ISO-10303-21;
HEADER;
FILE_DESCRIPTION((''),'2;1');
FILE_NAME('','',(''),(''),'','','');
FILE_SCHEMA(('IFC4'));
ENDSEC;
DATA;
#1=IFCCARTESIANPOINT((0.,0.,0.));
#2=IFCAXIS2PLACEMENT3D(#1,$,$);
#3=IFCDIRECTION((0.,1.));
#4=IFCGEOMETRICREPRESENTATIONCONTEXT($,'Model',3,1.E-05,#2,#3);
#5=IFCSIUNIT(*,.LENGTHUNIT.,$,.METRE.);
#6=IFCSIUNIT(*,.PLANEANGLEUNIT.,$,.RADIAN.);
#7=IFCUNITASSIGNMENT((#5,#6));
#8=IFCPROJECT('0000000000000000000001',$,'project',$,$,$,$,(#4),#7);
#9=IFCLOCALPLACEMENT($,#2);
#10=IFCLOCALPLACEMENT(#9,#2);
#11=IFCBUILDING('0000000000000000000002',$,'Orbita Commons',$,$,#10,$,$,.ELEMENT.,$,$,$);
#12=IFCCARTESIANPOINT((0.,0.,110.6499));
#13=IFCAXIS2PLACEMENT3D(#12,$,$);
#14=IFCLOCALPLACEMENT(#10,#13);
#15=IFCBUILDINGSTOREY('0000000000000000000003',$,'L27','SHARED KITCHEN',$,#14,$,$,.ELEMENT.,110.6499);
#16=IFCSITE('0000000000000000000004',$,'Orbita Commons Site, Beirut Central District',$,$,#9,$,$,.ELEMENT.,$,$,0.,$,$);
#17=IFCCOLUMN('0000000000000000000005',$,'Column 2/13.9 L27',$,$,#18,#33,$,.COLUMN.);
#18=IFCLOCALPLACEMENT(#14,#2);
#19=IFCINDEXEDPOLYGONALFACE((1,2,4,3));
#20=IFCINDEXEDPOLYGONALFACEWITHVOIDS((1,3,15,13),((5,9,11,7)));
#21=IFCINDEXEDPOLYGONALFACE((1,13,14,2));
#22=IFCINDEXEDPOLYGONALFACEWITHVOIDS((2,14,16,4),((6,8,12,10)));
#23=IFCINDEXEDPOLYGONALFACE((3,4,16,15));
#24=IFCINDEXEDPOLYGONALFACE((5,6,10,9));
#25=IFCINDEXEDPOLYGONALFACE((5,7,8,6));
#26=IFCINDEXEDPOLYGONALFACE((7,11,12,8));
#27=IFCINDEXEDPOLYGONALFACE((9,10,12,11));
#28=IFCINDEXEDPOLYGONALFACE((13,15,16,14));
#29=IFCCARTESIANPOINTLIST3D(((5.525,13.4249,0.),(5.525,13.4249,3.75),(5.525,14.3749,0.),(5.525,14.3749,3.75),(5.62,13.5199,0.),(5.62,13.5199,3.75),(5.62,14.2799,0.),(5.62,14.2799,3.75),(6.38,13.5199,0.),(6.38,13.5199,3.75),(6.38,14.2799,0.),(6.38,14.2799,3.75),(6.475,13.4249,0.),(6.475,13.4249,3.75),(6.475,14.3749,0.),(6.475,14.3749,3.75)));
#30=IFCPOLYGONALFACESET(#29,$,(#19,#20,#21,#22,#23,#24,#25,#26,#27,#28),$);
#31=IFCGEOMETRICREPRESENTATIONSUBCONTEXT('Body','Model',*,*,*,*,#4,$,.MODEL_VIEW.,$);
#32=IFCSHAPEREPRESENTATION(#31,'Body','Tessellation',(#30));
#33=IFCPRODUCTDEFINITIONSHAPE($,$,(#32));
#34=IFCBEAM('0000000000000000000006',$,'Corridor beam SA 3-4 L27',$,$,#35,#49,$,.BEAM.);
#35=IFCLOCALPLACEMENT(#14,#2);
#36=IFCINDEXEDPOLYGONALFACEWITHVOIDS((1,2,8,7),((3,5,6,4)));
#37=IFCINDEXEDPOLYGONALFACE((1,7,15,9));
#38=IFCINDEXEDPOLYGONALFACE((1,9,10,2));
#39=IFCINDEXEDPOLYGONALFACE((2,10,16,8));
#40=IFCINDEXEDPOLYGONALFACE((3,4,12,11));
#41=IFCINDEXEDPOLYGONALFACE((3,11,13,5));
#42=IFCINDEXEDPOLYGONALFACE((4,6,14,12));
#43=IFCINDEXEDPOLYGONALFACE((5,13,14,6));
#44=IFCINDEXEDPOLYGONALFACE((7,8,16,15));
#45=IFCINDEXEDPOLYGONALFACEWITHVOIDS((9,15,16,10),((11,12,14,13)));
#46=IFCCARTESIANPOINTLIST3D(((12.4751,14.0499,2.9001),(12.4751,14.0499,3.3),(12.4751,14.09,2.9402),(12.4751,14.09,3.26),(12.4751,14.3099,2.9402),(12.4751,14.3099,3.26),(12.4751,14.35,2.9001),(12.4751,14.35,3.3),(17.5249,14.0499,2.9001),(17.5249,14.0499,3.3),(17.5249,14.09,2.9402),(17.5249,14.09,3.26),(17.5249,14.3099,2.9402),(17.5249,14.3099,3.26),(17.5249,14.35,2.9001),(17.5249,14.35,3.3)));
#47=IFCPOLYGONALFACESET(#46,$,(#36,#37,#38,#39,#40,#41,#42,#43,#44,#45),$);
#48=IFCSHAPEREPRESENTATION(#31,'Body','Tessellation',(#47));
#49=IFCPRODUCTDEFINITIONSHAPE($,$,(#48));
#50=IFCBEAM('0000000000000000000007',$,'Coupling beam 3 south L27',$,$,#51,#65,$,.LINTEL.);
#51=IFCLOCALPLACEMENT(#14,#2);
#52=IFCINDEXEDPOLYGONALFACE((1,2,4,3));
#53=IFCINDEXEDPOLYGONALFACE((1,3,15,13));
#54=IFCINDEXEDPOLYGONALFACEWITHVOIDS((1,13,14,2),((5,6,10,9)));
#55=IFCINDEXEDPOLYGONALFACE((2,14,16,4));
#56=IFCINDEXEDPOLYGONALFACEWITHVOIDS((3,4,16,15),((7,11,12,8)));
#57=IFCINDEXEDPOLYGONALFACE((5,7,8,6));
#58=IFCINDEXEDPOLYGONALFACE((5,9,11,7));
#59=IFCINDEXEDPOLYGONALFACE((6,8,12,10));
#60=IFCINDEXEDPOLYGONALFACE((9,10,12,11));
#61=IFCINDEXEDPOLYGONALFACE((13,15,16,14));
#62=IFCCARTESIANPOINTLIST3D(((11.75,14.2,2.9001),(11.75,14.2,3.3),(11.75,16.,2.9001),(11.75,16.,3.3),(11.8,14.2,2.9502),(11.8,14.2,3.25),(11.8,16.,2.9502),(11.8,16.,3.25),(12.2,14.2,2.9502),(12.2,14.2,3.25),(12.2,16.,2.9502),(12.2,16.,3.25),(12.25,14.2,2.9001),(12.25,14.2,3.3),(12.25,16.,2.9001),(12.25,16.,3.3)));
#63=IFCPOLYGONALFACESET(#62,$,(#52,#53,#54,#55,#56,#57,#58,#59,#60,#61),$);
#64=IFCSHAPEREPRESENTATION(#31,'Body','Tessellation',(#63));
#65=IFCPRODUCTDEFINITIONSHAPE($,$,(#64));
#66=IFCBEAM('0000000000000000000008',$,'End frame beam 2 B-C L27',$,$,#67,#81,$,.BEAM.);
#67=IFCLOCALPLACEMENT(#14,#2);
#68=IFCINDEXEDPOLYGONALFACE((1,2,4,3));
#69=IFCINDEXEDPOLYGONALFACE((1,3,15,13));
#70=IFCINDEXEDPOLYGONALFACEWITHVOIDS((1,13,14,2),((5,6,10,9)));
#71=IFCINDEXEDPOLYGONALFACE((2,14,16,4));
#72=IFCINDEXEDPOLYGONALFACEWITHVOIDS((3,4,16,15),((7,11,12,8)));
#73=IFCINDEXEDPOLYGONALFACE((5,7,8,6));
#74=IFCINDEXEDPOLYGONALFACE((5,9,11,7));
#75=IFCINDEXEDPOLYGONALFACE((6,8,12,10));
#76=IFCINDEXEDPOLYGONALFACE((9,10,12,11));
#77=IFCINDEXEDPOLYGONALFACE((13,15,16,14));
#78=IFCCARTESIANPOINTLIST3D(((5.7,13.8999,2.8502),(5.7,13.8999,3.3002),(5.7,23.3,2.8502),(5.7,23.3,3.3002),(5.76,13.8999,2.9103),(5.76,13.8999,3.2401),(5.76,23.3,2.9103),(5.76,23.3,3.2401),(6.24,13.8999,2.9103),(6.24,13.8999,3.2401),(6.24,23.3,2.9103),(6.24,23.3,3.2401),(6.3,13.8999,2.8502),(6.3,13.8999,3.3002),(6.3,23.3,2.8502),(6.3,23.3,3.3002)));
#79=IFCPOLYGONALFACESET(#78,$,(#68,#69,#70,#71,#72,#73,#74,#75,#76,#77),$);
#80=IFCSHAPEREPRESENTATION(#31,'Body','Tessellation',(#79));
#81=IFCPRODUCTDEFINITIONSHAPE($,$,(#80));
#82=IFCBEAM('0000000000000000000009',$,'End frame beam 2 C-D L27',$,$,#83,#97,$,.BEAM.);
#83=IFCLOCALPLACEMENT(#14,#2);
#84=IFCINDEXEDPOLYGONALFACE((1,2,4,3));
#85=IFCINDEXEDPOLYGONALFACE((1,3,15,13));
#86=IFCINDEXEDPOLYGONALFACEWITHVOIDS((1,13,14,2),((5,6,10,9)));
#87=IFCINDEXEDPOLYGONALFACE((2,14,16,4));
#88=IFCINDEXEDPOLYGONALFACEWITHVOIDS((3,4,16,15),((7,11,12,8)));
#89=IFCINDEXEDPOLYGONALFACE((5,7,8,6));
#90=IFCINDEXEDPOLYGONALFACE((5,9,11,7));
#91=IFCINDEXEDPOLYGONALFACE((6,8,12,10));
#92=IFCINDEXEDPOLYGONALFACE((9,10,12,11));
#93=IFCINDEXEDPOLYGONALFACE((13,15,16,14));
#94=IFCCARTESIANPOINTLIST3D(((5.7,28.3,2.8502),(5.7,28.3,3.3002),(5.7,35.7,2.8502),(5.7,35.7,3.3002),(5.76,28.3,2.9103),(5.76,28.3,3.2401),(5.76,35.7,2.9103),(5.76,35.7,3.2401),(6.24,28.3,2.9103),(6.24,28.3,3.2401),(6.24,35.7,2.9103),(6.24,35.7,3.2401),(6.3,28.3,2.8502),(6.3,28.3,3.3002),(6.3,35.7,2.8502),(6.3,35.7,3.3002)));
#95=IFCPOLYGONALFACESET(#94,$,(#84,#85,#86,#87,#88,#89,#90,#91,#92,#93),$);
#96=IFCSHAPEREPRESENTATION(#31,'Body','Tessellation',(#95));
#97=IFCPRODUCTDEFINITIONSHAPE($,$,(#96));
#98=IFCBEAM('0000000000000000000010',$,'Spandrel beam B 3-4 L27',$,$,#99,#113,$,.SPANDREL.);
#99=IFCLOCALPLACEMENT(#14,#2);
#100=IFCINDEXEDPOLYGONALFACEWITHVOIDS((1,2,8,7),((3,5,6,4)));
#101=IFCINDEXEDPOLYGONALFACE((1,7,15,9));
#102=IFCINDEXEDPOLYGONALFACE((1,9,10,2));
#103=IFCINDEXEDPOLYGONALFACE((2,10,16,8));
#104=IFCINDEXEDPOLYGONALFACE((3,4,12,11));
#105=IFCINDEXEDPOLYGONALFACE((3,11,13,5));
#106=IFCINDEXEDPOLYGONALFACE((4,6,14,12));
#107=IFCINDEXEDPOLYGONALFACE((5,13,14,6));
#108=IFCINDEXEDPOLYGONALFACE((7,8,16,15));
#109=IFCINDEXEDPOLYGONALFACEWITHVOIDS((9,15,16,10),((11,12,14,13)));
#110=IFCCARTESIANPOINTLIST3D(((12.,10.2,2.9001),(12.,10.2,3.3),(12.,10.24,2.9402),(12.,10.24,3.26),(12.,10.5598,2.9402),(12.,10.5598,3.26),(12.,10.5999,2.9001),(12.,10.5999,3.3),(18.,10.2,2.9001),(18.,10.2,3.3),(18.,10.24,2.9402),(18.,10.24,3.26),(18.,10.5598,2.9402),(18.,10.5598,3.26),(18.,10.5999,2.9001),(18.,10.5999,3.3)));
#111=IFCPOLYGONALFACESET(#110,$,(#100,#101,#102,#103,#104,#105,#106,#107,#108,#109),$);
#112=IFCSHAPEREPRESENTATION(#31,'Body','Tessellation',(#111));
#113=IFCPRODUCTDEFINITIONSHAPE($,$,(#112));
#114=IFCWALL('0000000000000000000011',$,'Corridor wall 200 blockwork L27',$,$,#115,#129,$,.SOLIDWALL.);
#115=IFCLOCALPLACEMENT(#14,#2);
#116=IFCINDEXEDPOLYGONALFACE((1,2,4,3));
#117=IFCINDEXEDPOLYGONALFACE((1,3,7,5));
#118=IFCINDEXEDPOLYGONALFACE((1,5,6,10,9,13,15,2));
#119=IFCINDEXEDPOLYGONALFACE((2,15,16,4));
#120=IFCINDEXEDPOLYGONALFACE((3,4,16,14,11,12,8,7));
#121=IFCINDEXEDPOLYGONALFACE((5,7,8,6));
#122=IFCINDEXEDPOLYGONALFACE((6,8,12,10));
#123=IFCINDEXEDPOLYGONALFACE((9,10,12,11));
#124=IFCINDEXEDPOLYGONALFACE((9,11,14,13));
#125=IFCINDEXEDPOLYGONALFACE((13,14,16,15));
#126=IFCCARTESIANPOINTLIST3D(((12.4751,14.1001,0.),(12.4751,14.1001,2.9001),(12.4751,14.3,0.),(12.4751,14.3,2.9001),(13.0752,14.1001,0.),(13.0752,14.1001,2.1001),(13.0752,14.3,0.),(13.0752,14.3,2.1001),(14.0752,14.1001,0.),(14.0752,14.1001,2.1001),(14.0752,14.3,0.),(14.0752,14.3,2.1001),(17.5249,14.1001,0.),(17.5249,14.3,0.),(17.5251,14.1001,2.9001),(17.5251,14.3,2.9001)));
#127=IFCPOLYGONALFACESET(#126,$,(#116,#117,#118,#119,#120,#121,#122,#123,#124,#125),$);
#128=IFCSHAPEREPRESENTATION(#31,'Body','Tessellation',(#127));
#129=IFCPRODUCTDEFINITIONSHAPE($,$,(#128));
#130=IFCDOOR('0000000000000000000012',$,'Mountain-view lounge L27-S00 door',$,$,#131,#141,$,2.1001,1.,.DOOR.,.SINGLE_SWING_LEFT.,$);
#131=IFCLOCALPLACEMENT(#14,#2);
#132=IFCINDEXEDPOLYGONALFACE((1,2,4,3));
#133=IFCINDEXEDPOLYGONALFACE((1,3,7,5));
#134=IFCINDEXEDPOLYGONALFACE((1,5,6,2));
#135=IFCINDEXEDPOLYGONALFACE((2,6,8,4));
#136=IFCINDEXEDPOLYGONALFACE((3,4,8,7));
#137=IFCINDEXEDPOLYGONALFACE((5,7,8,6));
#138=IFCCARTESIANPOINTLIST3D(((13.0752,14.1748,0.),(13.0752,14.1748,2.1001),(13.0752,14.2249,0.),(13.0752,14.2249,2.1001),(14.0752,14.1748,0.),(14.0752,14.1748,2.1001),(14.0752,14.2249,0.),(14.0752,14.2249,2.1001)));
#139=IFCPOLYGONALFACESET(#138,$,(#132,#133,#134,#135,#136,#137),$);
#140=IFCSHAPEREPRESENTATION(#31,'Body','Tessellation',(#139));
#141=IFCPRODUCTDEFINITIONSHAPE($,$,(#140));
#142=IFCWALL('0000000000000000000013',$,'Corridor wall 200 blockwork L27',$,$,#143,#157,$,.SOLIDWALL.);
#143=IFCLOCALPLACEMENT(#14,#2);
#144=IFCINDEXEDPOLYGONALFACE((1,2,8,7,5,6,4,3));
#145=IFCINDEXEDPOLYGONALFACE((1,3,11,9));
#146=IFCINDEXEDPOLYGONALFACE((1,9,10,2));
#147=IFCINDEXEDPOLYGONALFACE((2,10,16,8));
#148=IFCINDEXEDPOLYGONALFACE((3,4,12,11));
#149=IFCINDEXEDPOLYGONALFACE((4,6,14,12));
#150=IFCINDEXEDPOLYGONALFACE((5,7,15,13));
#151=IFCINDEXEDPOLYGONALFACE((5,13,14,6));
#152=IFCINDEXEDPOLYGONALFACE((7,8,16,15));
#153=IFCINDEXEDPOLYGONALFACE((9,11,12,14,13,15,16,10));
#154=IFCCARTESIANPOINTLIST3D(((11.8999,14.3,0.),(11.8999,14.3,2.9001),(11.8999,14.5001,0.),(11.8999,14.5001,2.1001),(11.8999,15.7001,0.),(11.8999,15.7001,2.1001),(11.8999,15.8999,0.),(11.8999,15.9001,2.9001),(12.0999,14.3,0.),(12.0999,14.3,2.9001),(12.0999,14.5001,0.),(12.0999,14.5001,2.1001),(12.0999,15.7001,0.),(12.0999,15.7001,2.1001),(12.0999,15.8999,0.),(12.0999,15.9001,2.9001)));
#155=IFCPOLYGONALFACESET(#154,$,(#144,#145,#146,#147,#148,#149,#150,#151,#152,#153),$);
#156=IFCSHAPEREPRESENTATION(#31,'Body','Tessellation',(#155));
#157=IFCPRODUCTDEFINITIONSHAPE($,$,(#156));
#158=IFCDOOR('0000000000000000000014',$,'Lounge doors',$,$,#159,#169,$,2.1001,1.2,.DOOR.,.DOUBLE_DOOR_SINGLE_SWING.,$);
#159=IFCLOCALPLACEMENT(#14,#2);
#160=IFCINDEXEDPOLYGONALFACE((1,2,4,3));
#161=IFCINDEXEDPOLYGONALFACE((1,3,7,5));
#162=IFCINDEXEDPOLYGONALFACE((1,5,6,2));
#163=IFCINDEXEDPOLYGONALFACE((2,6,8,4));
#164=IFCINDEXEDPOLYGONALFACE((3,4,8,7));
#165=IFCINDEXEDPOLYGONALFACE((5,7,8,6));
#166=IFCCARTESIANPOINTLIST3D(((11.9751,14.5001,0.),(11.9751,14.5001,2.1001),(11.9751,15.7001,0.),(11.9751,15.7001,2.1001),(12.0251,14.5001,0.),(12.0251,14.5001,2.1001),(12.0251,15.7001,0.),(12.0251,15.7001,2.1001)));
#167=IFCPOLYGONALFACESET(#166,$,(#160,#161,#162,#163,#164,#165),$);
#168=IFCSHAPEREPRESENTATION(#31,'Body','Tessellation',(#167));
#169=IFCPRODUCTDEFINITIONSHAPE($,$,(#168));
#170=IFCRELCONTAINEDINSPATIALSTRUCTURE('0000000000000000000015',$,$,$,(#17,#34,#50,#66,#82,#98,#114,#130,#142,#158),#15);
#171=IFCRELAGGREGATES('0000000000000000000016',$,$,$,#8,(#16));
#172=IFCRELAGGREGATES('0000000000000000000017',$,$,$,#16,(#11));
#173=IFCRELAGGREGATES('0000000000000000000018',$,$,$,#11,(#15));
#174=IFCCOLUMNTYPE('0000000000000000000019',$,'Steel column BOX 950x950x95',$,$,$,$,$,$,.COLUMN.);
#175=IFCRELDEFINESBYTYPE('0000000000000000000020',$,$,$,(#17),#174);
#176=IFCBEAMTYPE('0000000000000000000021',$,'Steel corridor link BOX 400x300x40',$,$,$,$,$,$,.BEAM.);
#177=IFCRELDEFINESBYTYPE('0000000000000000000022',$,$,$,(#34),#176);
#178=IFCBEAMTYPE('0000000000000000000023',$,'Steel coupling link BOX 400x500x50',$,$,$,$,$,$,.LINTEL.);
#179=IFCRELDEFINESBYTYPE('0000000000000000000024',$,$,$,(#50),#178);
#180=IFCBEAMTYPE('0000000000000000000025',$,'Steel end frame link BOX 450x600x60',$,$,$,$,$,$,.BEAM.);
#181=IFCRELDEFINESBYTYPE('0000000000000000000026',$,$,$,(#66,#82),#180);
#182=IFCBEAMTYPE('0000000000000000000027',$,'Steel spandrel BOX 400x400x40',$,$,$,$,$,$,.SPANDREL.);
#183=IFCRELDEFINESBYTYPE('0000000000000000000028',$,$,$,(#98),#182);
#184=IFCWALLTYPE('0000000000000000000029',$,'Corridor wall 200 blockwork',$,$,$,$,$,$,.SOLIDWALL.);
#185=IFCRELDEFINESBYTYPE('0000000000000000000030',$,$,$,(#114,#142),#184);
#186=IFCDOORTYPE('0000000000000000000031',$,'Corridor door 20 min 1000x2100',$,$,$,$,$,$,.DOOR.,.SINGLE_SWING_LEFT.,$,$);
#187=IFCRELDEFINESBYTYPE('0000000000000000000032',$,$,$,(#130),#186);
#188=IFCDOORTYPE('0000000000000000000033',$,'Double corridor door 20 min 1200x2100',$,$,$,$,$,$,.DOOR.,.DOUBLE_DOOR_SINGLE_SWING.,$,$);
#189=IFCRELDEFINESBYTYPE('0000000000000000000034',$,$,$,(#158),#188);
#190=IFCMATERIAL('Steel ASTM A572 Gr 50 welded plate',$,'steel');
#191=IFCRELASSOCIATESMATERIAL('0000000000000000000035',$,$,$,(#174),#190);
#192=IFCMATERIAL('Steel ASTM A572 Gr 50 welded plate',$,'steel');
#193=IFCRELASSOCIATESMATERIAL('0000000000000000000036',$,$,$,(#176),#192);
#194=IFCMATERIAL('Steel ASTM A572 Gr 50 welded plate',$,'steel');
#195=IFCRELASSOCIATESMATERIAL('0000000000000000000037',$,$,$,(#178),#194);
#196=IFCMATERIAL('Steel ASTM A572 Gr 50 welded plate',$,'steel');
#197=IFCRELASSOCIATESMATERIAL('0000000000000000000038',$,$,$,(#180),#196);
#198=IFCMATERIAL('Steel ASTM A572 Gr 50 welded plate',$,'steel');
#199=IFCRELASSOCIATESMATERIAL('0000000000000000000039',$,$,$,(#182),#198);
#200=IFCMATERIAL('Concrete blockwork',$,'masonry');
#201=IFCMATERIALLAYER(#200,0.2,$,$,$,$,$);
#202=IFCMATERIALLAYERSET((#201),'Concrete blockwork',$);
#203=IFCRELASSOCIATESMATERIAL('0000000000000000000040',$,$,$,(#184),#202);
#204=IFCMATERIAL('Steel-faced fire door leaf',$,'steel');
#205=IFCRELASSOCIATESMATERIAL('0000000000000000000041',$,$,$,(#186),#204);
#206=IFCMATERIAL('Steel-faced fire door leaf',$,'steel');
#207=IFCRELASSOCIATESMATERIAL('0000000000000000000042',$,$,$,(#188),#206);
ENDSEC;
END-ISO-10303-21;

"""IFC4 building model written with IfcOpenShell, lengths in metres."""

from ifc_helpers import new_model, si_unit, direction, frame, frame_2d, origin, origin_2d, place, context, subcontext, project, spatial, polyline, rectangle, hollow_rectangle, outline, extrude, material, layer, layer_set, material_profile, profile_set, type_object, element, fill, save


model = new_model("IFC4")

# Units and contexts
model_context = context("Model", 3, precision=1e-05, world=origin(), true_north=direction((0.0, 1.0)))
body_context = subcontext(model_context, "Body", "Model", "MODEL_VIEW")
ifc_project = project(units=[si_unit("LENGTHUNIT", "METRE"), si_unit("PLANEANGLEUNIT", "RADIAN")], contexts=[model_context])

# Site, building, storey
site_placement = place(None, origin())
site = spatial("IfcSite", under=ifc_project, at=site_placement, Name="Orbita Commons Site, Beirut Central District", CompositionType="ELEMENT", RefElevation=0.0)
building_placement = place(site_placement, origin())
building = spatial("IfcBuilding", under=site, at=building_placement, Name="Orbita Commons", CompositionType="ELEMENT")
storey_placement = place(building_placement, frame((0.0, 0.0, 110.6499)))
storey = spatial("IfcBuildingStorey", under=building, at=storey_placement, Name="L27", Description="SHARED KITCHEN", CompositionType="ELEMENT", Elevation=110.6499)

# Column
ifc_material_1 = material(Name="Steel ASTM A572 Gr 50 welded plate", Category="steel")
ifc_material_profile_1 = material_profile(ifc_material_1, hollow_rectangle(XDim=0.95, YDim=0.95, WallThickness=0.095, at=origin_2d()), Name="BOX 950x950x95")
ifc_profile_set_1 = profile_set([ifc_material_profile_1], Name="Steel ASTM A572 Gr 50 welded plate")
column_type = type_object("IfcColumnType", Name="Steel column BOX 950x950x95", PredefinedType="COLUMN", material=ifc_profile_set_1)
column_placement = place(storey_placement, frame((6.0, 13.8999, 0.0), z_axis=(0.0, 0.0, 1.0), x_axis=(1.0, 0.0, 0.0)))
element("IfcColumn", 1, at=column_placement, inside=storey, type_object=column_type, Name="Column 2/13.9 L27", PredefinedType="COLUMN", context=body_context, shape_type="SweptSolid", body=[
    extrude(hollow_rectangle(XDim=0.95, YDim=0.95, WallThickness=0.095, at=origin_2d()), origin(), (0.0, 0.0, 1.0), 3.75),
])

# Beams
ifc_material_2 = material(Name="Steel ASTM A572 Gr 50 welded plate", Category="steel")
ifc_material_profile_2 = material_profile(ifc_material_2, hollow_rectangle(XDim=0.3, YDim=0.3999, WallThickness=0.04, at=origin_2d()), Name="BOX 400x300x40")
ifc_profile_set_2 = profile_set([ifc_material_profile_2], Name="Steel ASTM A572 Gr 50 welded plate")
beam_type_1 = type_object("IfcBeamType", Name="Steel corridor link BOX 400x300x40", PredefinedType="BEAM", material=ifc_profile_set_2)
beam_1_placement = place(storey_placement, frame((12.4751, 14.2, 3.1001), z_axis=(1.0, 0.0, 0.0), x_axis=(0.0, 1.0, 0.0)))
element("IfcBeam", 2, at=beam_1_placement, inside=storey, type_object=beam_type_1, Name="Corridor beam SA 3-4 L27", PredefinedType="BEAM", context=body_context, shape_type="SweptSolid", body=[
    extrude(hollow_rectangle(XDim=0.3, YDim=0.3999, WallThickness=0.04, at=origin_2d()), origin(), (0.0, 0.0, 1.0), 5.0498),
])
ifc_material_3 = material(Name="Steel ASTM A572 Gr 50 welded plate", Category="steel")
ifc_material_profile_3 = material_profile(ifc_material_3, hollow_rectangle(XDim=0.5, YDim=0.3999, WallThickness=0.05, at=origin_2d()), Name="BOX 400x500x50")
ifc_profile_set_3 = profile_set([ifc_material_profile_3], Name="Steel ASTM A572 Gr 50 welded plate")
beam_type_2 = type_object("IfcBeamType", Name="Steel coupling link BOX 400x500x50", PredefinedType="LINTEL", material=ifc_profile_set_3)
beam_2_placement = place(storey_placement, frame((12.0, 14.2, 3.1001), z_axis=(0.0, 1.0, 0.0), x_axis=(-1.0, 0.0, 0.0)))
element("IfcBeam", 3, at=beam_2_placement, inside=storey, type_object=beam_type_2, Name="Coupling beam 3 south L27", PredefinedType="LINTEL", context=body_context, shape_type="SweptSolid", body=[
    extrude(hollow_rectangle(XDim=0.5, YDim=0.3999, WallThickness=0.05, at=origin_2d()), origin(), (0.0, 0.0, 1.0), 1.8),
])
ifc_material_4 = material(Name="Steel ASTM A572 Gr 50 welded plate", Category="steel")
ifc_material_profile_4 = material_profile(ifc_material_4, hollow_rectangle(XDim=0.6001, YDim=0.45, WallThickness=0.0601, at=origin_2d()), Name="BOX 450x600x60")
ifc_profile_set_4 = profile_set([ifc_material_profile_4], Name="Steel ASTM A572 Gr 50 welded plate")
beam_type_3 = type_object("IfcBeamType", Name="Steel end frame link BOX 450x600x60", PredefinedType="BEAM", material=ifc_profile_set_4)
beam_3_placement = place(storey_placement, frame((6.0, 13.8999, 3.0752), z_axis=(0.0, 1.0, 0.0), x_axis=(-1.0, 0.0, 0.0)))
element("IfcBeam", 4, at=beam_3_placement, inside=storey, type_object=beam_type_3, Name="End frame beam 2 B-C L27", PredefinedType="BEAM", context=body_context, shape_type="SweptSolid", body=[
    extrude(hollow_rectangle(XDim=0.6001, YDim=0.45, WallThickness=0.0601, at=origin_2d()), origin(), (0.0, 0.0, 1.0), 9.4001),
])
beam_4_placement = place(storey_placement, frame((6.0, 28.3, 3.0752), z_axis=(0.0, 1.0, 0.0), x_axis=(-1.0, 0.0, 0.0)))
element("IfcBeam", 5, at=beam_4_placement, inside=storey, type_object=beam_type_3, Name="End frame beam 2 C-D L27", PredefinedType="BEAM", context=body_context, shape_type="SweptSolid", body=[
    extrude(hollow_rectangle(XDim=0.6001, YDim=0.45, WallThickness=0.0601, at=origin_2d()), origin(), (0.0, 0.0, 1.0), 7.3999),
])
ifc_material_5 = material(Name="Steel ASTM A572 Gr 50 welded plate", Category="steel")
ifc_material_profile_5 = material_profile(ifc_material_5, hollow_rectangle(XDim=0.3999, YDim=0.3999, WallThickness=0.04, at=origin_2d()), Name="BOX 400x400x40")
ifc_profile_set_5 = profile_set([ifc_material_profile_5], Name="Steel ASTM A572 Gr 50 welded plate")
beam_type_4 = type_object("IfcBeamType", Name="Steel spandrel BOX 400x400x40", PredefinedType="SPANDREL", material=ifc_profile_set_5)
beam_5_placement = place(storey_placement, frame((12.0, 10.3999, 3.1001), z_axis=(1.0, 0.0, 0.0), x_axis=(0.0, 1.0, 0.0)))
element("IfcBeam", 6, at=beam_5_placement, inside=storey, type_object=beam_type_4, Name="Spandrel beam B 3-4 L27", PredefinedType="SPANDREL", context=body_context, shape_type="SweptSolid", body=[
    extrude(hollow_rectangle(XDim=0.3999, YDim=0.3999, WallThickness=0.04, at=origin_2d()), origin(), (0.0, 0.0, 1.0), 6.0),
])

# Walls, openings, doors
ifc_material_6 = material(Name="Concrete blockwork", Category="masonry")
ifc_layer_1 = layer(ifc_material_6, 0.2)
ifc_layer_set_1 = layer_set([ifc_layer_1], Name="Concrete blockwork")
wall_type_1 = type_object("IfcWallType", Name="Corridor wall 200 blockwork", PredefinedType="SOLIDWALL", material=ifc_layer_set_1)
wall_1_placement = place(storey_placement, frame((12.4751, 14.2, 0.0), z_axis=(0.0, 0.0, 1.0), x_axis=(1.0, 0.0, 0.0)))
wall_1 = element("IfcWall", 7, at=wall_1_placement, inside=storey, type_object=wall_type_1, Name="Corridor wall 200 blockwork L27", PredefinedType="SOLIDWALL", context=body_context, shape_type="SweptSolid", body=[
    extrude(outline(polyline([(0.0, 0.0), (5.0498, 0.0), (5.05, 2.9001), (0.0, 2.9001), (0.0, 0.0)])), frame((0.0, 0.1001, 0.0), z_axis=(0.0, -1.0, 0.0), x_axis=(1.0, 0.0, 0.0)), (0.0, 0.0, 1.0), 0.2),
])
opening_1_placement = place(wall_1_placement, frame((0.6001, 0.0, 0.0)))
opening_1 = element("IfcOpeningElement", 8, at=opening_1_placement, cuts=wall_1, PredefinedType="OPENING", context=body_context, shape_type="SweptSolid", body=[
    extrude(rectangle(XDim=1.0, YDim=2.1001, at=frame_2d((0.5, 1.05))), frame((0.0, 0.1099, 0.0), z_axis=(0.0, -1.0, 0.0), x_axis=(1.0, 0.0, 0.0)), (0.0, 0.0, 1.0), 0.22),
])
ifc_material_7 = material(Name="Steel-faced fire door leaf", Category="steel")
door_type_1 = type_object("IfcDoorType", Name="Corridor door 20 min 1000x2100", OperationType="SINGLE_SWING_LEFT", PredefinedType="DOOR", material=ifc_material_7)
door_1_placement = place(opening_1_placement, origin())
door_1 = element("IfcDoor", 9, at=door_1_placement, inside=storey, type_object=door_type_1, Name="Mountain-view lounge L27-S00 door", OperationType="SINGLE_SWING_LEFT", OverallHeight=2.1001, OverallWidth=1.0, PredefinedType="DOOR", context=body_context, shape_type="SweptSolid", body=[
    extrude(rectangle(XDim=1.0, YDim=2.1001, at=frame_2d((0.5, 1.05))), frame((0.0, 0.0249, 0.0), z_axis=(0.0, -1.0, 0.0), x_axis=(1.0, 0.0, 0.0)), (0.0, 0.0, 1.0), 0.05),
])
fill(opening_1, door_1)
wall_2_placement = place(storey_placement, frame((12.0, 14.3, 0.0), z_axis=(0.0, 0.0, 1.0), x_axis=(0.0, 1.0, 0.0)))
wall_2 = element("IfcWall", 10, at=wall_2_placement, inside=storey, type_object=wall_type_1, Name="Corridor wall 200 blockwork L27", PredefinedType="SOLIDWALL", context=body_context, shape_type="SweptSolid", body=[
    extrude(outline(polyline([(0.0, 0.0), (1.5999, 0.0), (1.6001, 2.9001), (0.0, 2.9001), (0.0, 0.0)])), frame((0.0, 0.1001, 0.0), z_axis=(0.0, -1.0, 0.0), x_axis=(1.0, 0.0, 0.0)), (0.0, 0.0, 1.0), 0.2),
])
opening_2_placement = place(wall_2_placement, frame((0.2, 0.0, 0.0)))
opening_2 = element("IfcOpeningElement", 11, at=opening_2_placement, cuts=wall_2, PredefinedType="OPENING", context=body_context, shape_type="SweptSolid", body=[
    extrude(rectangle(XDim=1.2, YDim=2.1001, at=frame_2d((0.6001, 1.05))), frame((0.0, 0.1099, 0.0), z_axis=(0.0, -1.0, 0.0), x_axis=(1.0, 0.0, 0.0)), (0.0, 0.0, 1.0), 0.22),
])
ifc_material_8 = material(Name="Steel-faced fire door leaf", Category="steel")
door_type_2 = type_object("IfcDoorType", Name="Double corridor door 20 min 1200x2100", OperationType="DOUBLE_DOOR_SINGLE_SWING", PredefinedType="DOOR", material=ifc_material_8)
door_2_placement = place(opening_2_placement, origin())
door_2 = element("IfcDoor", 12, at=door_2_placement, inside=storey, type_object=door_type_2, Name="Lounge doors", OperationType="DOUBLE_DOOR_SINGLE_SWING", OverallHeight=2.1001, OverallWidth=1.2, PredefinedType="DOOR", context=body_context, shape_type="SweptSolid", body=[
    extrude(rectangle(XDim=1.2, YDim=2.1001, at=frame_2d((0.6001, 1.05))), frame((0.0, 0.0249, 0.0), z_axis=(0.0, -1.0, 0.0), x_axis=(1.0, 0.0, 0.0)), (0.0, 0.0, 1.0), 0.05),
])
fill(opening_2, door_2)

save(model, "model.ifc")
